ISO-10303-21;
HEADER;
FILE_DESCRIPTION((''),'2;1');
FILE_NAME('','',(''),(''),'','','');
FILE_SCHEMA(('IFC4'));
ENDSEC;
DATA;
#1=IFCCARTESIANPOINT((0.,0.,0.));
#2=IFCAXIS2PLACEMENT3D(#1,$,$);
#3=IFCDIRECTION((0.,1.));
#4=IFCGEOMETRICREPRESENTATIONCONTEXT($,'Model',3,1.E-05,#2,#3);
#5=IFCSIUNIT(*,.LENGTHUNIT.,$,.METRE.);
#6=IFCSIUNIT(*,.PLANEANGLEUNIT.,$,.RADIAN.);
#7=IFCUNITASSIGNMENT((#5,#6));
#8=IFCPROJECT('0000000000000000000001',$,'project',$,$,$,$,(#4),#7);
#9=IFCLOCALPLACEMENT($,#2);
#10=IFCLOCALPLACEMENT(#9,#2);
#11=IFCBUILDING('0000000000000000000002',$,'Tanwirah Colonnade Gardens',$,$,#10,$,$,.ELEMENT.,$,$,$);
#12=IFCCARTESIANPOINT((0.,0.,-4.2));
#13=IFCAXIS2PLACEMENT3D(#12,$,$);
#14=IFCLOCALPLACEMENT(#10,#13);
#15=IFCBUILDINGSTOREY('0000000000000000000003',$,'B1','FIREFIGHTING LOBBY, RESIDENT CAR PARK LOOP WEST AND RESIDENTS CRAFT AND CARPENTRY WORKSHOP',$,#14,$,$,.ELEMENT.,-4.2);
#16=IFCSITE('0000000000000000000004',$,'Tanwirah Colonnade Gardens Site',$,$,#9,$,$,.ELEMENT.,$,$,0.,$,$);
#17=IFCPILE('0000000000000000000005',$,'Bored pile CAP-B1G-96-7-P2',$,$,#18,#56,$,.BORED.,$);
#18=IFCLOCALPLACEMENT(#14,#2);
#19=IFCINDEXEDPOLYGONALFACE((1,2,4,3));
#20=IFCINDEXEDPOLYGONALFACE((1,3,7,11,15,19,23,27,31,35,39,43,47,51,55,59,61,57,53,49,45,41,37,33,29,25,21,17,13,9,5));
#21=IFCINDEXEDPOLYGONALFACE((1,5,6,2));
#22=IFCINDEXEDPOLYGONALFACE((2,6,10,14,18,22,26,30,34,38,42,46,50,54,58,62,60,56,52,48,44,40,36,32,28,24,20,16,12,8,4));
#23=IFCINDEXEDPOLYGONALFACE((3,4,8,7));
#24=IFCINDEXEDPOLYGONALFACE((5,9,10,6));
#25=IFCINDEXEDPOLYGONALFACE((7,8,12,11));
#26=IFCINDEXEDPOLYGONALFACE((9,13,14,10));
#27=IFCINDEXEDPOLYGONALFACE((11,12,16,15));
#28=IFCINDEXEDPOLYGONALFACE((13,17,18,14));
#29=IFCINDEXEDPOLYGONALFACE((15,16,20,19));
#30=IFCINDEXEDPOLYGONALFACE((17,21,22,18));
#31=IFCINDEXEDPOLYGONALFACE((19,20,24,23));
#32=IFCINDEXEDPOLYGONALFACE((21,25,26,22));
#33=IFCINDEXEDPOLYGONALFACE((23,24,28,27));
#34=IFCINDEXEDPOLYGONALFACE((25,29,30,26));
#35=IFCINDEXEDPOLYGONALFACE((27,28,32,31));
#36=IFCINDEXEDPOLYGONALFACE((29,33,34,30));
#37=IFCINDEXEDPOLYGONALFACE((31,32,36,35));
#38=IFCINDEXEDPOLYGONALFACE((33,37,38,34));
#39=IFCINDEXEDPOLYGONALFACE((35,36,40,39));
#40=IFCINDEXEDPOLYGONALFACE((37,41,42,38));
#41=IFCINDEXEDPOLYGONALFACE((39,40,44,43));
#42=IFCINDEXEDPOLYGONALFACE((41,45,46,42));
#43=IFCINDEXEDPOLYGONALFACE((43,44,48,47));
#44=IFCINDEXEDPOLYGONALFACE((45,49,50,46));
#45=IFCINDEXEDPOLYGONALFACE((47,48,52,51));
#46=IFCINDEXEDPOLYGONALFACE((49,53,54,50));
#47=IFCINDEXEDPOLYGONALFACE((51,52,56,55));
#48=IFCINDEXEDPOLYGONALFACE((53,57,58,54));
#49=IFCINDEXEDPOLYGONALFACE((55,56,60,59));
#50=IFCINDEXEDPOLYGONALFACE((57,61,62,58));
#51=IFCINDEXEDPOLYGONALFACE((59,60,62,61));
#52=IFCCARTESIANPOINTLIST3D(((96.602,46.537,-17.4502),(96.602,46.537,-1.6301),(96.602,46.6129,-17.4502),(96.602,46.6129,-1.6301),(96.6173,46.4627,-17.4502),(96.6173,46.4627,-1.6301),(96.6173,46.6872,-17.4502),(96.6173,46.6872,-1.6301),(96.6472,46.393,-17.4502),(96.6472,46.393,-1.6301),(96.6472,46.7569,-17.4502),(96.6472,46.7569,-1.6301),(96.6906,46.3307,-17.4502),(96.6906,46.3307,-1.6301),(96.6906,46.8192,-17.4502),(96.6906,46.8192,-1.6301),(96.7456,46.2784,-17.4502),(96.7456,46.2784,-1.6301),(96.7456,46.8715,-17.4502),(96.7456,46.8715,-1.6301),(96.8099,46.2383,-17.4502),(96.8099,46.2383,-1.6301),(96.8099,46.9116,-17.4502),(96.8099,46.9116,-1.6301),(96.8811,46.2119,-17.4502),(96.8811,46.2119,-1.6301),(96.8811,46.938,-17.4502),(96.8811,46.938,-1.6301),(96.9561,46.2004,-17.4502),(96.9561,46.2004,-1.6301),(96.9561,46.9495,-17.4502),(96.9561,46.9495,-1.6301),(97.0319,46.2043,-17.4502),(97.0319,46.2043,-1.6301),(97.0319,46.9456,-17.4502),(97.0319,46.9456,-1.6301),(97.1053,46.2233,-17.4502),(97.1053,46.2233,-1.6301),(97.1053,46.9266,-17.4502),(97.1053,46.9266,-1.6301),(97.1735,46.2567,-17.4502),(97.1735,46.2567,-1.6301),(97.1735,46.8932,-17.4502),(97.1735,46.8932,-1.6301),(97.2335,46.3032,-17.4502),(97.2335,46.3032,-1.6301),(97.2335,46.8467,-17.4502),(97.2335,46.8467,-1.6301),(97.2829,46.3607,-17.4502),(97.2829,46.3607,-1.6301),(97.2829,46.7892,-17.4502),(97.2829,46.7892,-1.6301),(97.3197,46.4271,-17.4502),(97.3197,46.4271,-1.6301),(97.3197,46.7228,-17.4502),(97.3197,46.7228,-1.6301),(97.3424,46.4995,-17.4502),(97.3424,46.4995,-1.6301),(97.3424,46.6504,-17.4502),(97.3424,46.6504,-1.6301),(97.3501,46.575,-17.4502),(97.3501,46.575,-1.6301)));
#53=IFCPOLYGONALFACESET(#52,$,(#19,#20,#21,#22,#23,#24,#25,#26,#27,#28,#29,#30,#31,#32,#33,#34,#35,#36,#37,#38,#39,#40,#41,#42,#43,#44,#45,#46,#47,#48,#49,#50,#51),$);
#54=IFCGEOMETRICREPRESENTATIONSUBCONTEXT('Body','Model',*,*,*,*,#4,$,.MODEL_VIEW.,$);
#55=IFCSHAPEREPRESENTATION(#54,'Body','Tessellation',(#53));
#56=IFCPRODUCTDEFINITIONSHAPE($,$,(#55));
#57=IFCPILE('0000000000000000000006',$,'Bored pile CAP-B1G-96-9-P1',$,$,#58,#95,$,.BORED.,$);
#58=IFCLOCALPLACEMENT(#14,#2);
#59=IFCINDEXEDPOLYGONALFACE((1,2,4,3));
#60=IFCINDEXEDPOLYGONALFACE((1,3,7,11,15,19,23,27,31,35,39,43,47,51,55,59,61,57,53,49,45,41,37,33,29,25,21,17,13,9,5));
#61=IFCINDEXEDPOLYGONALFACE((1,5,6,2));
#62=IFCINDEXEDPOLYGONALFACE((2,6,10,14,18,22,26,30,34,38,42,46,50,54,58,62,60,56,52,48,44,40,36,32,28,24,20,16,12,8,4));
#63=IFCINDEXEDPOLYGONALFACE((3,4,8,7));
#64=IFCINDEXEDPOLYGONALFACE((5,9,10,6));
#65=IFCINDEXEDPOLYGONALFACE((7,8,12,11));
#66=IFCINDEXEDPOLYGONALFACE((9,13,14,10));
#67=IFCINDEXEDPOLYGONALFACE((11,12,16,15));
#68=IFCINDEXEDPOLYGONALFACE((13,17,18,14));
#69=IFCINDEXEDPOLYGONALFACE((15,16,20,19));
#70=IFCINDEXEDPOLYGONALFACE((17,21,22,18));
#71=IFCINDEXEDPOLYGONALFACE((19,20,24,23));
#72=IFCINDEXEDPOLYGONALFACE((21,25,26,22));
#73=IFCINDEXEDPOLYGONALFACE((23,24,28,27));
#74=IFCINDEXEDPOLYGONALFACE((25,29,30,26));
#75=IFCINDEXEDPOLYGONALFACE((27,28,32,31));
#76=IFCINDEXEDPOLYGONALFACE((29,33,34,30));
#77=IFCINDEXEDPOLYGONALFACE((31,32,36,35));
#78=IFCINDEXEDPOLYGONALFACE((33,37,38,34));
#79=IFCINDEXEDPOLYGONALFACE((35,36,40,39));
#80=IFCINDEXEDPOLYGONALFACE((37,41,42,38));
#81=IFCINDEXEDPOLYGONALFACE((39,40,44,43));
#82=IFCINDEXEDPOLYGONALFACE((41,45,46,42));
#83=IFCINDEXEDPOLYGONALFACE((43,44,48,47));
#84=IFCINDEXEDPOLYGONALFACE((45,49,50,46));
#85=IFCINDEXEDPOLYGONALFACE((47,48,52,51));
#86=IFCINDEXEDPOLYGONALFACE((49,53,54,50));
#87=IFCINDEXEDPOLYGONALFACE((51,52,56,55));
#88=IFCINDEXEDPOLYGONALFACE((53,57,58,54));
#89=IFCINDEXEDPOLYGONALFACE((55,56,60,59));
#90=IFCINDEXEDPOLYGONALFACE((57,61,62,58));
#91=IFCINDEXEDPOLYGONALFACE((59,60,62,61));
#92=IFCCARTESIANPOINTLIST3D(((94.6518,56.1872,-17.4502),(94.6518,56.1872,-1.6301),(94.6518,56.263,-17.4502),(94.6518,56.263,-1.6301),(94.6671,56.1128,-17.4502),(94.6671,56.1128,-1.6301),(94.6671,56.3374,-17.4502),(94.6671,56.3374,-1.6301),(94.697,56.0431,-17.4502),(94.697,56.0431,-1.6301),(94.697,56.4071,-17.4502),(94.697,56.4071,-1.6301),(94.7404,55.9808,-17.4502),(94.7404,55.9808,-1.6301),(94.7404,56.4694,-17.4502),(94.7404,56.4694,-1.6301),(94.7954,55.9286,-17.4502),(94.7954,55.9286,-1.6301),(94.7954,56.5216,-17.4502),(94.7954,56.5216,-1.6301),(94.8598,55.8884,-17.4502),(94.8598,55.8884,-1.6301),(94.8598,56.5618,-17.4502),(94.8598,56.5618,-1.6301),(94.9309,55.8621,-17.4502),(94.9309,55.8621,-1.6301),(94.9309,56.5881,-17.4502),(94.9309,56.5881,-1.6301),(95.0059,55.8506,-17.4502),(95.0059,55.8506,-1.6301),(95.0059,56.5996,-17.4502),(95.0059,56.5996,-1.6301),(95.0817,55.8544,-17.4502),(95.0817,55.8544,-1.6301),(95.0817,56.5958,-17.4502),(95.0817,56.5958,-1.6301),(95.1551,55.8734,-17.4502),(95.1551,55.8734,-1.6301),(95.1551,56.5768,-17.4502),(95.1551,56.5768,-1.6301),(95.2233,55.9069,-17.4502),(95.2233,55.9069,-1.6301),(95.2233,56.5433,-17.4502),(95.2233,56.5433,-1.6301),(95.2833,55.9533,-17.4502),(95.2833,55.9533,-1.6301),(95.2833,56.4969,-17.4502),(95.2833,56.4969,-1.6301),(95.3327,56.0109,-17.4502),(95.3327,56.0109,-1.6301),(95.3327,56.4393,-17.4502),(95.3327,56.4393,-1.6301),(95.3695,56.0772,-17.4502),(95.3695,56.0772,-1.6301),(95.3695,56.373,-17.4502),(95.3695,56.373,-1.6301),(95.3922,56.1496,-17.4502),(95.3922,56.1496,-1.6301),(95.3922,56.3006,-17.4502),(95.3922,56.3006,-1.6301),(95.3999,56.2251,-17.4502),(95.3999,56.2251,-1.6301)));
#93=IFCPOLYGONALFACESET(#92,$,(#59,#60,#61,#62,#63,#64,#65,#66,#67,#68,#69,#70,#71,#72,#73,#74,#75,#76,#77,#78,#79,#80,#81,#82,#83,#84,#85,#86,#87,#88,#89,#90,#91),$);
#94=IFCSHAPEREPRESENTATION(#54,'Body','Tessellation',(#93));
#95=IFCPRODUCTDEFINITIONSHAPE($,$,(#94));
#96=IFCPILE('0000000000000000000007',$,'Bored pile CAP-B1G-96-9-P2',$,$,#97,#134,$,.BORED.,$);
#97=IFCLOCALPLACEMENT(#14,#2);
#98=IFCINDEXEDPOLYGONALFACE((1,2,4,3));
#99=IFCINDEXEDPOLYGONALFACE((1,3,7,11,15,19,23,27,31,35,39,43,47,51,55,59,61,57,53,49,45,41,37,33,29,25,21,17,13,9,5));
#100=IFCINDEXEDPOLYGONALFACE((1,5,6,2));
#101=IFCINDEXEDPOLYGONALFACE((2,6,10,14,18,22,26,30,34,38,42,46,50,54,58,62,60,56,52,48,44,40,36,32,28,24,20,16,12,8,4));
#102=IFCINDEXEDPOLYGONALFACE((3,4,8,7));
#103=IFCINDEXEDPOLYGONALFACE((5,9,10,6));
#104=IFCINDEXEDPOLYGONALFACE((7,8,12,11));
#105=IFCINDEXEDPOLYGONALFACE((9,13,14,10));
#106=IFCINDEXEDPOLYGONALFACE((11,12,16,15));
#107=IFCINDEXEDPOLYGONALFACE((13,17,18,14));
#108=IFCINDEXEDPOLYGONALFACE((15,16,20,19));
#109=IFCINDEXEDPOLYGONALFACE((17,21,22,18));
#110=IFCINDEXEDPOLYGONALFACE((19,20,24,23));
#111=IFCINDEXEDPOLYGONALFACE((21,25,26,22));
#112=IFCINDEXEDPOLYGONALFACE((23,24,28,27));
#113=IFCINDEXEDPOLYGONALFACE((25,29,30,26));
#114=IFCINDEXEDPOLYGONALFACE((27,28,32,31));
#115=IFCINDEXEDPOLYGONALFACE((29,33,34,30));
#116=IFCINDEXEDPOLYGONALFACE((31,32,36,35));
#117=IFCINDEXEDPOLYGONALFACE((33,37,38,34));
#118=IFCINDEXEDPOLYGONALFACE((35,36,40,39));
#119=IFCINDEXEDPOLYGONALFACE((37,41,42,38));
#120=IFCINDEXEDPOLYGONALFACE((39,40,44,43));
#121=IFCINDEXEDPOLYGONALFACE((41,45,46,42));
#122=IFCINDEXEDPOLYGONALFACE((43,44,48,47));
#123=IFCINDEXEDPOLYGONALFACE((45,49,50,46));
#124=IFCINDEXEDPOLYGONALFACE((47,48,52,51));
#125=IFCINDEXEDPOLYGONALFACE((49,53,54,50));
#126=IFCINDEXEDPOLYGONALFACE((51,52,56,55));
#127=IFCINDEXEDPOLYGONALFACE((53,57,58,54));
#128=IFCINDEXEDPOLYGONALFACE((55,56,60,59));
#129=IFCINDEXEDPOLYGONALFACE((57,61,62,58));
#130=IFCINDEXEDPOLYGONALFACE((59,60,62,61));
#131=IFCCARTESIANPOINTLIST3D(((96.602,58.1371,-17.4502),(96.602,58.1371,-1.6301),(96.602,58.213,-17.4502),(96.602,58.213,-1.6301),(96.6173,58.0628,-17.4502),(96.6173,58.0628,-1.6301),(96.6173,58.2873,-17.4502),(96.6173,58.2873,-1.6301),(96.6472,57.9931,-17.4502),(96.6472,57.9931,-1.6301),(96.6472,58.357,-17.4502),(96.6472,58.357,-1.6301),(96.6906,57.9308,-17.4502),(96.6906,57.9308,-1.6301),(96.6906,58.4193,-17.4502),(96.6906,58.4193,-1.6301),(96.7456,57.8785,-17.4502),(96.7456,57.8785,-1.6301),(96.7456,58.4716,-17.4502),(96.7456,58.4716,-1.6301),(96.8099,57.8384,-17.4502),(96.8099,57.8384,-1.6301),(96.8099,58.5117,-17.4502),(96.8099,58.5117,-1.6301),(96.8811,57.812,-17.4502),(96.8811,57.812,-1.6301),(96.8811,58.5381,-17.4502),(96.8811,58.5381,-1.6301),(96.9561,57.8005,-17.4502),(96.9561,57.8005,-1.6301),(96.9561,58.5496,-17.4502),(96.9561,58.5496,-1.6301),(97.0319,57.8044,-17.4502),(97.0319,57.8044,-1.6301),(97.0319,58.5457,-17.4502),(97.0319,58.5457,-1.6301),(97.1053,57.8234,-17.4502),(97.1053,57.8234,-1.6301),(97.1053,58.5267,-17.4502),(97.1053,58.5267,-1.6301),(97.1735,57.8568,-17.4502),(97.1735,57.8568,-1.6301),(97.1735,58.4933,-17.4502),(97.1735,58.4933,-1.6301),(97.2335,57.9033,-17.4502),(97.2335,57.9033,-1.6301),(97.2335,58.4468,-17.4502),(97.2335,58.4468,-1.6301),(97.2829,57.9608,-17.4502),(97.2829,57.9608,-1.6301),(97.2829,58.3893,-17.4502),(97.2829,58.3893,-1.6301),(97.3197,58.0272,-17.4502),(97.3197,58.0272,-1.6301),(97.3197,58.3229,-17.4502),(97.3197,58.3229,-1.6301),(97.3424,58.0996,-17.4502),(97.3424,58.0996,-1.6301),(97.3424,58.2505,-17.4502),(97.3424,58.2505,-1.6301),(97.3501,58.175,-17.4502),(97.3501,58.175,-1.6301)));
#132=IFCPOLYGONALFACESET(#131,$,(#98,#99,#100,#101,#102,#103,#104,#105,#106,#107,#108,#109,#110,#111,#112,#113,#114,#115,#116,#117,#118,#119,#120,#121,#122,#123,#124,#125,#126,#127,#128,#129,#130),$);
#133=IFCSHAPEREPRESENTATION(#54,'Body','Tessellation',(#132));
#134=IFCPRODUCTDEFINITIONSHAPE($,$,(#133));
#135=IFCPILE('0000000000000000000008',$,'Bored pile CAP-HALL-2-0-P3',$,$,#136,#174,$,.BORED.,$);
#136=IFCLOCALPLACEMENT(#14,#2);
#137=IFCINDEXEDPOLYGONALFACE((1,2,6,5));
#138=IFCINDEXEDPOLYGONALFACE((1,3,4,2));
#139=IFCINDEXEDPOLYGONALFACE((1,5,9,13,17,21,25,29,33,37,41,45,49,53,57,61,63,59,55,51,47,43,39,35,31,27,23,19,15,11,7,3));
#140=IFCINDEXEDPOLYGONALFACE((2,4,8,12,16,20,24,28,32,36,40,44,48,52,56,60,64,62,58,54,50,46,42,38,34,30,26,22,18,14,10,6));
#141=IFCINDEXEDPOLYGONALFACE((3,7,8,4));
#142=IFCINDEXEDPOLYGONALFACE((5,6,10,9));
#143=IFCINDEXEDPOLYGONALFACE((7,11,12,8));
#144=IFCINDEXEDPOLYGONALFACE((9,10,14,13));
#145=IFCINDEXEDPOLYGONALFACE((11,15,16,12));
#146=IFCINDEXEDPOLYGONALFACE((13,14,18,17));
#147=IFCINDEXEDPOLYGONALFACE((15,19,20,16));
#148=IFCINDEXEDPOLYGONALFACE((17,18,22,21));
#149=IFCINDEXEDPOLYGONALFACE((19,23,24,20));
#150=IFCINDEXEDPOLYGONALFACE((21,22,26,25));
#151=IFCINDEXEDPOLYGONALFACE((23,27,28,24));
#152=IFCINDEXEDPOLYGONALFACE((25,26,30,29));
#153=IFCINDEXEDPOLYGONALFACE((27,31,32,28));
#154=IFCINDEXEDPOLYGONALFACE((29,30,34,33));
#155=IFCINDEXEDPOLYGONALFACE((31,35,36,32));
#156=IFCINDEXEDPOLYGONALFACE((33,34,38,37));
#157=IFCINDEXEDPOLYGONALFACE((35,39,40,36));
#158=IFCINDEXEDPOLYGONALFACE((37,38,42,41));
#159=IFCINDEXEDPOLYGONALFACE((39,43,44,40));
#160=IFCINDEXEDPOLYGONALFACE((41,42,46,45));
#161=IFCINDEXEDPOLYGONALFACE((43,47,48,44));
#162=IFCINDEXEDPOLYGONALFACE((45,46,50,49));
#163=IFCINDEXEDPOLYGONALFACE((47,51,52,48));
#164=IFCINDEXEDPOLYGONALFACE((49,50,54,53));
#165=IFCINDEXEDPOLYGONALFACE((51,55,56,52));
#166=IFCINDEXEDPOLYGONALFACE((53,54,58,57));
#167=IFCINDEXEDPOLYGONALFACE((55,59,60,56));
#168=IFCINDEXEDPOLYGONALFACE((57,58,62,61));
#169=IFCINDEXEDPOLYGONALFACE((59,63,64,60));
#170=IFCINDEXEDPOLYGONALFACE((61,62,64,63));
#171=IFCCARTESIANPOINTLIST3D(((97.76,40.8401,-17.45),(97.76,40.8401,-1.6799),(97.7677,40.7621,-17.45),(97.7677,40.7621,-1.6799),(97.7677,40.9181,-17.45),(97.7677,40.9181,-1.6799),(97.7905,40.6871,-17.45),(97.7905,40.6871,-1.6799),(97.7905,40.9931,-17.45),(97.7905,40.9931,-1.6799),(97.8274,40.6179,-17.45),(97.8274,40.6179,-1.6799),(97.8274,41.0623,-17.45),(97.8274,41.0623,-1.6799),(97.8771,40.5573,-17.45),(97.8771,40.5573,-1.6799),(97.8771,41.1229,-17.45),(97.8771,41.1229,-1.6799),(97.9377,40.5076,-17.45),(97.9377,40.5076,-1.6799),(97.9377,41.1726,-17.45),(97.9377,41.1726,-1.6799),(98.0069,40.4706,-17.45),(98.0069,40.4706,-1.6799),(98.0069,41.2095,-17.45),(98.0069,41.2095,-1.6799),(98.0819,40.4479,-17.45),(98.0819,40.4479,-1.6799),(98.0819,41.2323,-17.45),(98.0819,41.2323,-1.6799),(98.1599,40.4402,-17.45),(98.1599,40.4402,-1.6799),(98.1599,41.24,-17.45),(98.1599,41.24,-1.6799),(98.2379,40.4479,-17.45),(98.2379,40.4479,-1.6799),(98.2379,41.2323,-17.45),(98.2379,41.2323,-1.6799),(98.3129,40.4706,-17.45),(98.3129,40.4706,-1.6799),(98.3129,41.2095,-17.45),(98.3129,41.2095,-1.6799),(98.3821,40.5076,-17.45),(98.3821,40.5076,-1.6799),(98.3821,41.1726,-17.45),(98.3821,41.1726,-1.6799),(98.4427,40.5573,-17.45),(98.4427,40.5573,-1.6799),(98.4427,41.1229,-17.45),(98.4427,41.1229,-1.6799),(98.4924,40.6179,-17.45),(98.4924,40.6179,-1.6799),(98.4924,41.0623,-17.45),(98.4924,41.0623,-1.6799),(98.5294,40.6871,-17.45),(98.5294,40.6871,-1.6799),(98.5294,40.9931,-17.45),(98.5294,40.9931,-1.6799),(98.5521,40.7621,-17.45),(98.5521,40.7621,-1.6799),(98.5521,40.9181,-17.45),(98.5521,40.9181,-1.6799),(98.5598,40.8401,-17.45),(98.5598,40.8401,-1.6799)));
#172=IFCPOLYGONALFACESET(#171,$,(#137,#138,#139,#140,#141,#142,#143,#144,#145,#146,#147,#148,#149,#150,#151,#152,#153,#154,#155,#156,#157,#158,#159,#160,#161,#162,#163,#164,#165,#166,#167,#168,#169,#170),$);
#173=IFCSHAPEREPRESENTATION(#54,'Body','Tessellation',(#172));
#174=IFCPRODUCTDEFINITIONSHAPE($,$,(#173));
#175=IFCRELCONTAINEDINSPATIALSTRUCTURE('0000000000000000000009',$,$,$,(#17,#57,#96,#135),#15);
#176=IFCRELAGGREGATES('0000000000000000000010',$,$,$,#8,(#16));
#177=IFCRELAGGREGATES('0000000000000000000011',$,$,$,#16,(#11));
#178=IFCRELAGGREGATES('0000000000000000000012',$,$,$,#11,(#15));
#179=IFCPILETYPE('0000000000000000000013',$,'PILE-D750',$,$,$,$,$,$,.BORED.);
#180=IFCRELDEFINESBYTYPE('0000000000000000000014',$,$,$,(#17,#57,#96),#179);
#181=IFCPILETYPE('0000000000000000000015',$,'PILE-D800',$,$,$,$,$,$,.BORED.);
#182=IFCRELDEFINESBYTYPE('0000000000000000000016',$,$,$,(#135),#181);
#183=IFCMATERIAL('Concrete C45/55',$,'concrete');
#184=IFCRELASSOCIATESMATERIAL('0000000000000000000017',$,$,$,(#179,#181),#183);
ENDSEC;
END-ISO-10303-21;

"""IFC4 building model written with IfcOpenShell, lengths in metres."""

from ifc_helpers import new_model, si_unit, direction, frame, origin, origin_2d, place, context, subcontext, project, spatial, circle, extrude, material, material_profile, profile_set, type_object, element, save


model = new_model("IFC4")

# Units and contexts
model_context = context("Model", 3, precision=1e-05, world=origin(), true_north=direction((0.0, 1.0)))
body_context = subcontext(model_context, "Body", "Model", "MODEL_VIEW")
ifc_project = project(units=[si_unit("LENGTHUNIT", "METRE"), si_unit("PLANEANGLEUNIT", "RADIAN")], contexts=[model_context])

# Site, building, storey
site_placement = place(None, origin())
site = spatial("IfcSite", under=ifc_project, at=site_placement, Name="Tanwirah Colonnade Gardens Site", CompositionType="ELEMENT", RefElevation=0.0)
building_placement = place(site_placement, origin())
building = spatial("IfcBuilding", under=site, at=building_placement, Name="Tanwirah Colonnade Gardens", CompositionType="ELEMENT")
storey_placement = place(building_placement, frame((0.0, 0.0, -4.2)))
storey = spatial("IfcBuildingStorey", under=building, at=storey_placement, Name="B1", Description="FIREFIGHTING LOBBY, RESIDENT CAR PARK LOOP WEST AND RESIDENTS CRAFT AND CARPENTRY WORKSHOP", CompositionType="ELEMENT", Elevation=-4.2)

# Shared definitions
ifc_material = material(Name="Concrete C45/55", Category="concrete")

# Piles
ifc_material_profile_1 = material_profile(ifc_material, circle(Radius=0.375, at=origin_2d()), Name="PILE D750")
ifc_profile_set_1 = profile_set([ifc_material_profile_1], Name="Concrete C45/55")
pile_type_1 = type_object("IfcPileType", Name="PILE-D750", PredefinedType="BORED", material=ifc_profile_set_1)
for number, where, z_axis, x_axis, name in (
    (1, (96.9751, 46.575, -1.6301), (0.0, 0.0, -1.0), (1.0, 0.0, 0.0), "Bored pile CAP-B1G-96-7-P2"),
    (2, (95.0249, 56.2251, -1.6301), (0.0, 0.0, -1.0), (1.0, 0.0, 0.0), "Bored pile CAP-B1G-96-9-P1"),
    (3, (96.9751, 58.175, -1.6301), (0.0, 0.0, -1.0), (1.0, 0.0, 0.0), "Bored pile CAP-B1G-96-9-P2"),
):
    element("IfcPile", number, at=place(storey_placement, frame(where, z_axis=z_axis, x_axis=x_axis)), inside=storey, type_object=pile_type_1, Name=name, PredefinedType="BORED", context=body_context, shape_type="SweptSolid", body=[
        extrude(circle(Radius=0.375, at=origin_2d()), origin(), (0.0, 0.0, 1.0), 15.8201),
    ])
ifc_material_profile_2 = material_profile(ifc_material, circle(Radius=0.3999, at=origin_2d()), Name="PILE D800")
ifc_profile_set_2 = profile_set([ifc_material_profile_2], Name="Concrete C45/55")
pile_type_2 = type_object("IfcPileType", Name="PILE-D800", PredefinedType="BORED", material=ifc_profile_set_2)
for number, where, z_axis, x_axis, name in (
    (4, (98.1599, 40.8401, -1.6799), (0.0, 0.0, -1.0), (1.0, 0.0, 0.0), "Bored pile CAP-HALL-2-0-P3"),
):
    element("IfcPile", number, at=place(storey_placement, frame(where, z_axis=z_axis, x_axis=x_axis)), inside=storey, type_object=pile_type_2, Name=name, PredefinedType="BORED", context=body_context, shape_type="SweptSolid", body=[
        extrude(circle(Radius=0.3999, at=origin_2d()), origin(), (0.0, 0.0, 1.0), 15.77),
    ])

save(model, "model.ifc")
